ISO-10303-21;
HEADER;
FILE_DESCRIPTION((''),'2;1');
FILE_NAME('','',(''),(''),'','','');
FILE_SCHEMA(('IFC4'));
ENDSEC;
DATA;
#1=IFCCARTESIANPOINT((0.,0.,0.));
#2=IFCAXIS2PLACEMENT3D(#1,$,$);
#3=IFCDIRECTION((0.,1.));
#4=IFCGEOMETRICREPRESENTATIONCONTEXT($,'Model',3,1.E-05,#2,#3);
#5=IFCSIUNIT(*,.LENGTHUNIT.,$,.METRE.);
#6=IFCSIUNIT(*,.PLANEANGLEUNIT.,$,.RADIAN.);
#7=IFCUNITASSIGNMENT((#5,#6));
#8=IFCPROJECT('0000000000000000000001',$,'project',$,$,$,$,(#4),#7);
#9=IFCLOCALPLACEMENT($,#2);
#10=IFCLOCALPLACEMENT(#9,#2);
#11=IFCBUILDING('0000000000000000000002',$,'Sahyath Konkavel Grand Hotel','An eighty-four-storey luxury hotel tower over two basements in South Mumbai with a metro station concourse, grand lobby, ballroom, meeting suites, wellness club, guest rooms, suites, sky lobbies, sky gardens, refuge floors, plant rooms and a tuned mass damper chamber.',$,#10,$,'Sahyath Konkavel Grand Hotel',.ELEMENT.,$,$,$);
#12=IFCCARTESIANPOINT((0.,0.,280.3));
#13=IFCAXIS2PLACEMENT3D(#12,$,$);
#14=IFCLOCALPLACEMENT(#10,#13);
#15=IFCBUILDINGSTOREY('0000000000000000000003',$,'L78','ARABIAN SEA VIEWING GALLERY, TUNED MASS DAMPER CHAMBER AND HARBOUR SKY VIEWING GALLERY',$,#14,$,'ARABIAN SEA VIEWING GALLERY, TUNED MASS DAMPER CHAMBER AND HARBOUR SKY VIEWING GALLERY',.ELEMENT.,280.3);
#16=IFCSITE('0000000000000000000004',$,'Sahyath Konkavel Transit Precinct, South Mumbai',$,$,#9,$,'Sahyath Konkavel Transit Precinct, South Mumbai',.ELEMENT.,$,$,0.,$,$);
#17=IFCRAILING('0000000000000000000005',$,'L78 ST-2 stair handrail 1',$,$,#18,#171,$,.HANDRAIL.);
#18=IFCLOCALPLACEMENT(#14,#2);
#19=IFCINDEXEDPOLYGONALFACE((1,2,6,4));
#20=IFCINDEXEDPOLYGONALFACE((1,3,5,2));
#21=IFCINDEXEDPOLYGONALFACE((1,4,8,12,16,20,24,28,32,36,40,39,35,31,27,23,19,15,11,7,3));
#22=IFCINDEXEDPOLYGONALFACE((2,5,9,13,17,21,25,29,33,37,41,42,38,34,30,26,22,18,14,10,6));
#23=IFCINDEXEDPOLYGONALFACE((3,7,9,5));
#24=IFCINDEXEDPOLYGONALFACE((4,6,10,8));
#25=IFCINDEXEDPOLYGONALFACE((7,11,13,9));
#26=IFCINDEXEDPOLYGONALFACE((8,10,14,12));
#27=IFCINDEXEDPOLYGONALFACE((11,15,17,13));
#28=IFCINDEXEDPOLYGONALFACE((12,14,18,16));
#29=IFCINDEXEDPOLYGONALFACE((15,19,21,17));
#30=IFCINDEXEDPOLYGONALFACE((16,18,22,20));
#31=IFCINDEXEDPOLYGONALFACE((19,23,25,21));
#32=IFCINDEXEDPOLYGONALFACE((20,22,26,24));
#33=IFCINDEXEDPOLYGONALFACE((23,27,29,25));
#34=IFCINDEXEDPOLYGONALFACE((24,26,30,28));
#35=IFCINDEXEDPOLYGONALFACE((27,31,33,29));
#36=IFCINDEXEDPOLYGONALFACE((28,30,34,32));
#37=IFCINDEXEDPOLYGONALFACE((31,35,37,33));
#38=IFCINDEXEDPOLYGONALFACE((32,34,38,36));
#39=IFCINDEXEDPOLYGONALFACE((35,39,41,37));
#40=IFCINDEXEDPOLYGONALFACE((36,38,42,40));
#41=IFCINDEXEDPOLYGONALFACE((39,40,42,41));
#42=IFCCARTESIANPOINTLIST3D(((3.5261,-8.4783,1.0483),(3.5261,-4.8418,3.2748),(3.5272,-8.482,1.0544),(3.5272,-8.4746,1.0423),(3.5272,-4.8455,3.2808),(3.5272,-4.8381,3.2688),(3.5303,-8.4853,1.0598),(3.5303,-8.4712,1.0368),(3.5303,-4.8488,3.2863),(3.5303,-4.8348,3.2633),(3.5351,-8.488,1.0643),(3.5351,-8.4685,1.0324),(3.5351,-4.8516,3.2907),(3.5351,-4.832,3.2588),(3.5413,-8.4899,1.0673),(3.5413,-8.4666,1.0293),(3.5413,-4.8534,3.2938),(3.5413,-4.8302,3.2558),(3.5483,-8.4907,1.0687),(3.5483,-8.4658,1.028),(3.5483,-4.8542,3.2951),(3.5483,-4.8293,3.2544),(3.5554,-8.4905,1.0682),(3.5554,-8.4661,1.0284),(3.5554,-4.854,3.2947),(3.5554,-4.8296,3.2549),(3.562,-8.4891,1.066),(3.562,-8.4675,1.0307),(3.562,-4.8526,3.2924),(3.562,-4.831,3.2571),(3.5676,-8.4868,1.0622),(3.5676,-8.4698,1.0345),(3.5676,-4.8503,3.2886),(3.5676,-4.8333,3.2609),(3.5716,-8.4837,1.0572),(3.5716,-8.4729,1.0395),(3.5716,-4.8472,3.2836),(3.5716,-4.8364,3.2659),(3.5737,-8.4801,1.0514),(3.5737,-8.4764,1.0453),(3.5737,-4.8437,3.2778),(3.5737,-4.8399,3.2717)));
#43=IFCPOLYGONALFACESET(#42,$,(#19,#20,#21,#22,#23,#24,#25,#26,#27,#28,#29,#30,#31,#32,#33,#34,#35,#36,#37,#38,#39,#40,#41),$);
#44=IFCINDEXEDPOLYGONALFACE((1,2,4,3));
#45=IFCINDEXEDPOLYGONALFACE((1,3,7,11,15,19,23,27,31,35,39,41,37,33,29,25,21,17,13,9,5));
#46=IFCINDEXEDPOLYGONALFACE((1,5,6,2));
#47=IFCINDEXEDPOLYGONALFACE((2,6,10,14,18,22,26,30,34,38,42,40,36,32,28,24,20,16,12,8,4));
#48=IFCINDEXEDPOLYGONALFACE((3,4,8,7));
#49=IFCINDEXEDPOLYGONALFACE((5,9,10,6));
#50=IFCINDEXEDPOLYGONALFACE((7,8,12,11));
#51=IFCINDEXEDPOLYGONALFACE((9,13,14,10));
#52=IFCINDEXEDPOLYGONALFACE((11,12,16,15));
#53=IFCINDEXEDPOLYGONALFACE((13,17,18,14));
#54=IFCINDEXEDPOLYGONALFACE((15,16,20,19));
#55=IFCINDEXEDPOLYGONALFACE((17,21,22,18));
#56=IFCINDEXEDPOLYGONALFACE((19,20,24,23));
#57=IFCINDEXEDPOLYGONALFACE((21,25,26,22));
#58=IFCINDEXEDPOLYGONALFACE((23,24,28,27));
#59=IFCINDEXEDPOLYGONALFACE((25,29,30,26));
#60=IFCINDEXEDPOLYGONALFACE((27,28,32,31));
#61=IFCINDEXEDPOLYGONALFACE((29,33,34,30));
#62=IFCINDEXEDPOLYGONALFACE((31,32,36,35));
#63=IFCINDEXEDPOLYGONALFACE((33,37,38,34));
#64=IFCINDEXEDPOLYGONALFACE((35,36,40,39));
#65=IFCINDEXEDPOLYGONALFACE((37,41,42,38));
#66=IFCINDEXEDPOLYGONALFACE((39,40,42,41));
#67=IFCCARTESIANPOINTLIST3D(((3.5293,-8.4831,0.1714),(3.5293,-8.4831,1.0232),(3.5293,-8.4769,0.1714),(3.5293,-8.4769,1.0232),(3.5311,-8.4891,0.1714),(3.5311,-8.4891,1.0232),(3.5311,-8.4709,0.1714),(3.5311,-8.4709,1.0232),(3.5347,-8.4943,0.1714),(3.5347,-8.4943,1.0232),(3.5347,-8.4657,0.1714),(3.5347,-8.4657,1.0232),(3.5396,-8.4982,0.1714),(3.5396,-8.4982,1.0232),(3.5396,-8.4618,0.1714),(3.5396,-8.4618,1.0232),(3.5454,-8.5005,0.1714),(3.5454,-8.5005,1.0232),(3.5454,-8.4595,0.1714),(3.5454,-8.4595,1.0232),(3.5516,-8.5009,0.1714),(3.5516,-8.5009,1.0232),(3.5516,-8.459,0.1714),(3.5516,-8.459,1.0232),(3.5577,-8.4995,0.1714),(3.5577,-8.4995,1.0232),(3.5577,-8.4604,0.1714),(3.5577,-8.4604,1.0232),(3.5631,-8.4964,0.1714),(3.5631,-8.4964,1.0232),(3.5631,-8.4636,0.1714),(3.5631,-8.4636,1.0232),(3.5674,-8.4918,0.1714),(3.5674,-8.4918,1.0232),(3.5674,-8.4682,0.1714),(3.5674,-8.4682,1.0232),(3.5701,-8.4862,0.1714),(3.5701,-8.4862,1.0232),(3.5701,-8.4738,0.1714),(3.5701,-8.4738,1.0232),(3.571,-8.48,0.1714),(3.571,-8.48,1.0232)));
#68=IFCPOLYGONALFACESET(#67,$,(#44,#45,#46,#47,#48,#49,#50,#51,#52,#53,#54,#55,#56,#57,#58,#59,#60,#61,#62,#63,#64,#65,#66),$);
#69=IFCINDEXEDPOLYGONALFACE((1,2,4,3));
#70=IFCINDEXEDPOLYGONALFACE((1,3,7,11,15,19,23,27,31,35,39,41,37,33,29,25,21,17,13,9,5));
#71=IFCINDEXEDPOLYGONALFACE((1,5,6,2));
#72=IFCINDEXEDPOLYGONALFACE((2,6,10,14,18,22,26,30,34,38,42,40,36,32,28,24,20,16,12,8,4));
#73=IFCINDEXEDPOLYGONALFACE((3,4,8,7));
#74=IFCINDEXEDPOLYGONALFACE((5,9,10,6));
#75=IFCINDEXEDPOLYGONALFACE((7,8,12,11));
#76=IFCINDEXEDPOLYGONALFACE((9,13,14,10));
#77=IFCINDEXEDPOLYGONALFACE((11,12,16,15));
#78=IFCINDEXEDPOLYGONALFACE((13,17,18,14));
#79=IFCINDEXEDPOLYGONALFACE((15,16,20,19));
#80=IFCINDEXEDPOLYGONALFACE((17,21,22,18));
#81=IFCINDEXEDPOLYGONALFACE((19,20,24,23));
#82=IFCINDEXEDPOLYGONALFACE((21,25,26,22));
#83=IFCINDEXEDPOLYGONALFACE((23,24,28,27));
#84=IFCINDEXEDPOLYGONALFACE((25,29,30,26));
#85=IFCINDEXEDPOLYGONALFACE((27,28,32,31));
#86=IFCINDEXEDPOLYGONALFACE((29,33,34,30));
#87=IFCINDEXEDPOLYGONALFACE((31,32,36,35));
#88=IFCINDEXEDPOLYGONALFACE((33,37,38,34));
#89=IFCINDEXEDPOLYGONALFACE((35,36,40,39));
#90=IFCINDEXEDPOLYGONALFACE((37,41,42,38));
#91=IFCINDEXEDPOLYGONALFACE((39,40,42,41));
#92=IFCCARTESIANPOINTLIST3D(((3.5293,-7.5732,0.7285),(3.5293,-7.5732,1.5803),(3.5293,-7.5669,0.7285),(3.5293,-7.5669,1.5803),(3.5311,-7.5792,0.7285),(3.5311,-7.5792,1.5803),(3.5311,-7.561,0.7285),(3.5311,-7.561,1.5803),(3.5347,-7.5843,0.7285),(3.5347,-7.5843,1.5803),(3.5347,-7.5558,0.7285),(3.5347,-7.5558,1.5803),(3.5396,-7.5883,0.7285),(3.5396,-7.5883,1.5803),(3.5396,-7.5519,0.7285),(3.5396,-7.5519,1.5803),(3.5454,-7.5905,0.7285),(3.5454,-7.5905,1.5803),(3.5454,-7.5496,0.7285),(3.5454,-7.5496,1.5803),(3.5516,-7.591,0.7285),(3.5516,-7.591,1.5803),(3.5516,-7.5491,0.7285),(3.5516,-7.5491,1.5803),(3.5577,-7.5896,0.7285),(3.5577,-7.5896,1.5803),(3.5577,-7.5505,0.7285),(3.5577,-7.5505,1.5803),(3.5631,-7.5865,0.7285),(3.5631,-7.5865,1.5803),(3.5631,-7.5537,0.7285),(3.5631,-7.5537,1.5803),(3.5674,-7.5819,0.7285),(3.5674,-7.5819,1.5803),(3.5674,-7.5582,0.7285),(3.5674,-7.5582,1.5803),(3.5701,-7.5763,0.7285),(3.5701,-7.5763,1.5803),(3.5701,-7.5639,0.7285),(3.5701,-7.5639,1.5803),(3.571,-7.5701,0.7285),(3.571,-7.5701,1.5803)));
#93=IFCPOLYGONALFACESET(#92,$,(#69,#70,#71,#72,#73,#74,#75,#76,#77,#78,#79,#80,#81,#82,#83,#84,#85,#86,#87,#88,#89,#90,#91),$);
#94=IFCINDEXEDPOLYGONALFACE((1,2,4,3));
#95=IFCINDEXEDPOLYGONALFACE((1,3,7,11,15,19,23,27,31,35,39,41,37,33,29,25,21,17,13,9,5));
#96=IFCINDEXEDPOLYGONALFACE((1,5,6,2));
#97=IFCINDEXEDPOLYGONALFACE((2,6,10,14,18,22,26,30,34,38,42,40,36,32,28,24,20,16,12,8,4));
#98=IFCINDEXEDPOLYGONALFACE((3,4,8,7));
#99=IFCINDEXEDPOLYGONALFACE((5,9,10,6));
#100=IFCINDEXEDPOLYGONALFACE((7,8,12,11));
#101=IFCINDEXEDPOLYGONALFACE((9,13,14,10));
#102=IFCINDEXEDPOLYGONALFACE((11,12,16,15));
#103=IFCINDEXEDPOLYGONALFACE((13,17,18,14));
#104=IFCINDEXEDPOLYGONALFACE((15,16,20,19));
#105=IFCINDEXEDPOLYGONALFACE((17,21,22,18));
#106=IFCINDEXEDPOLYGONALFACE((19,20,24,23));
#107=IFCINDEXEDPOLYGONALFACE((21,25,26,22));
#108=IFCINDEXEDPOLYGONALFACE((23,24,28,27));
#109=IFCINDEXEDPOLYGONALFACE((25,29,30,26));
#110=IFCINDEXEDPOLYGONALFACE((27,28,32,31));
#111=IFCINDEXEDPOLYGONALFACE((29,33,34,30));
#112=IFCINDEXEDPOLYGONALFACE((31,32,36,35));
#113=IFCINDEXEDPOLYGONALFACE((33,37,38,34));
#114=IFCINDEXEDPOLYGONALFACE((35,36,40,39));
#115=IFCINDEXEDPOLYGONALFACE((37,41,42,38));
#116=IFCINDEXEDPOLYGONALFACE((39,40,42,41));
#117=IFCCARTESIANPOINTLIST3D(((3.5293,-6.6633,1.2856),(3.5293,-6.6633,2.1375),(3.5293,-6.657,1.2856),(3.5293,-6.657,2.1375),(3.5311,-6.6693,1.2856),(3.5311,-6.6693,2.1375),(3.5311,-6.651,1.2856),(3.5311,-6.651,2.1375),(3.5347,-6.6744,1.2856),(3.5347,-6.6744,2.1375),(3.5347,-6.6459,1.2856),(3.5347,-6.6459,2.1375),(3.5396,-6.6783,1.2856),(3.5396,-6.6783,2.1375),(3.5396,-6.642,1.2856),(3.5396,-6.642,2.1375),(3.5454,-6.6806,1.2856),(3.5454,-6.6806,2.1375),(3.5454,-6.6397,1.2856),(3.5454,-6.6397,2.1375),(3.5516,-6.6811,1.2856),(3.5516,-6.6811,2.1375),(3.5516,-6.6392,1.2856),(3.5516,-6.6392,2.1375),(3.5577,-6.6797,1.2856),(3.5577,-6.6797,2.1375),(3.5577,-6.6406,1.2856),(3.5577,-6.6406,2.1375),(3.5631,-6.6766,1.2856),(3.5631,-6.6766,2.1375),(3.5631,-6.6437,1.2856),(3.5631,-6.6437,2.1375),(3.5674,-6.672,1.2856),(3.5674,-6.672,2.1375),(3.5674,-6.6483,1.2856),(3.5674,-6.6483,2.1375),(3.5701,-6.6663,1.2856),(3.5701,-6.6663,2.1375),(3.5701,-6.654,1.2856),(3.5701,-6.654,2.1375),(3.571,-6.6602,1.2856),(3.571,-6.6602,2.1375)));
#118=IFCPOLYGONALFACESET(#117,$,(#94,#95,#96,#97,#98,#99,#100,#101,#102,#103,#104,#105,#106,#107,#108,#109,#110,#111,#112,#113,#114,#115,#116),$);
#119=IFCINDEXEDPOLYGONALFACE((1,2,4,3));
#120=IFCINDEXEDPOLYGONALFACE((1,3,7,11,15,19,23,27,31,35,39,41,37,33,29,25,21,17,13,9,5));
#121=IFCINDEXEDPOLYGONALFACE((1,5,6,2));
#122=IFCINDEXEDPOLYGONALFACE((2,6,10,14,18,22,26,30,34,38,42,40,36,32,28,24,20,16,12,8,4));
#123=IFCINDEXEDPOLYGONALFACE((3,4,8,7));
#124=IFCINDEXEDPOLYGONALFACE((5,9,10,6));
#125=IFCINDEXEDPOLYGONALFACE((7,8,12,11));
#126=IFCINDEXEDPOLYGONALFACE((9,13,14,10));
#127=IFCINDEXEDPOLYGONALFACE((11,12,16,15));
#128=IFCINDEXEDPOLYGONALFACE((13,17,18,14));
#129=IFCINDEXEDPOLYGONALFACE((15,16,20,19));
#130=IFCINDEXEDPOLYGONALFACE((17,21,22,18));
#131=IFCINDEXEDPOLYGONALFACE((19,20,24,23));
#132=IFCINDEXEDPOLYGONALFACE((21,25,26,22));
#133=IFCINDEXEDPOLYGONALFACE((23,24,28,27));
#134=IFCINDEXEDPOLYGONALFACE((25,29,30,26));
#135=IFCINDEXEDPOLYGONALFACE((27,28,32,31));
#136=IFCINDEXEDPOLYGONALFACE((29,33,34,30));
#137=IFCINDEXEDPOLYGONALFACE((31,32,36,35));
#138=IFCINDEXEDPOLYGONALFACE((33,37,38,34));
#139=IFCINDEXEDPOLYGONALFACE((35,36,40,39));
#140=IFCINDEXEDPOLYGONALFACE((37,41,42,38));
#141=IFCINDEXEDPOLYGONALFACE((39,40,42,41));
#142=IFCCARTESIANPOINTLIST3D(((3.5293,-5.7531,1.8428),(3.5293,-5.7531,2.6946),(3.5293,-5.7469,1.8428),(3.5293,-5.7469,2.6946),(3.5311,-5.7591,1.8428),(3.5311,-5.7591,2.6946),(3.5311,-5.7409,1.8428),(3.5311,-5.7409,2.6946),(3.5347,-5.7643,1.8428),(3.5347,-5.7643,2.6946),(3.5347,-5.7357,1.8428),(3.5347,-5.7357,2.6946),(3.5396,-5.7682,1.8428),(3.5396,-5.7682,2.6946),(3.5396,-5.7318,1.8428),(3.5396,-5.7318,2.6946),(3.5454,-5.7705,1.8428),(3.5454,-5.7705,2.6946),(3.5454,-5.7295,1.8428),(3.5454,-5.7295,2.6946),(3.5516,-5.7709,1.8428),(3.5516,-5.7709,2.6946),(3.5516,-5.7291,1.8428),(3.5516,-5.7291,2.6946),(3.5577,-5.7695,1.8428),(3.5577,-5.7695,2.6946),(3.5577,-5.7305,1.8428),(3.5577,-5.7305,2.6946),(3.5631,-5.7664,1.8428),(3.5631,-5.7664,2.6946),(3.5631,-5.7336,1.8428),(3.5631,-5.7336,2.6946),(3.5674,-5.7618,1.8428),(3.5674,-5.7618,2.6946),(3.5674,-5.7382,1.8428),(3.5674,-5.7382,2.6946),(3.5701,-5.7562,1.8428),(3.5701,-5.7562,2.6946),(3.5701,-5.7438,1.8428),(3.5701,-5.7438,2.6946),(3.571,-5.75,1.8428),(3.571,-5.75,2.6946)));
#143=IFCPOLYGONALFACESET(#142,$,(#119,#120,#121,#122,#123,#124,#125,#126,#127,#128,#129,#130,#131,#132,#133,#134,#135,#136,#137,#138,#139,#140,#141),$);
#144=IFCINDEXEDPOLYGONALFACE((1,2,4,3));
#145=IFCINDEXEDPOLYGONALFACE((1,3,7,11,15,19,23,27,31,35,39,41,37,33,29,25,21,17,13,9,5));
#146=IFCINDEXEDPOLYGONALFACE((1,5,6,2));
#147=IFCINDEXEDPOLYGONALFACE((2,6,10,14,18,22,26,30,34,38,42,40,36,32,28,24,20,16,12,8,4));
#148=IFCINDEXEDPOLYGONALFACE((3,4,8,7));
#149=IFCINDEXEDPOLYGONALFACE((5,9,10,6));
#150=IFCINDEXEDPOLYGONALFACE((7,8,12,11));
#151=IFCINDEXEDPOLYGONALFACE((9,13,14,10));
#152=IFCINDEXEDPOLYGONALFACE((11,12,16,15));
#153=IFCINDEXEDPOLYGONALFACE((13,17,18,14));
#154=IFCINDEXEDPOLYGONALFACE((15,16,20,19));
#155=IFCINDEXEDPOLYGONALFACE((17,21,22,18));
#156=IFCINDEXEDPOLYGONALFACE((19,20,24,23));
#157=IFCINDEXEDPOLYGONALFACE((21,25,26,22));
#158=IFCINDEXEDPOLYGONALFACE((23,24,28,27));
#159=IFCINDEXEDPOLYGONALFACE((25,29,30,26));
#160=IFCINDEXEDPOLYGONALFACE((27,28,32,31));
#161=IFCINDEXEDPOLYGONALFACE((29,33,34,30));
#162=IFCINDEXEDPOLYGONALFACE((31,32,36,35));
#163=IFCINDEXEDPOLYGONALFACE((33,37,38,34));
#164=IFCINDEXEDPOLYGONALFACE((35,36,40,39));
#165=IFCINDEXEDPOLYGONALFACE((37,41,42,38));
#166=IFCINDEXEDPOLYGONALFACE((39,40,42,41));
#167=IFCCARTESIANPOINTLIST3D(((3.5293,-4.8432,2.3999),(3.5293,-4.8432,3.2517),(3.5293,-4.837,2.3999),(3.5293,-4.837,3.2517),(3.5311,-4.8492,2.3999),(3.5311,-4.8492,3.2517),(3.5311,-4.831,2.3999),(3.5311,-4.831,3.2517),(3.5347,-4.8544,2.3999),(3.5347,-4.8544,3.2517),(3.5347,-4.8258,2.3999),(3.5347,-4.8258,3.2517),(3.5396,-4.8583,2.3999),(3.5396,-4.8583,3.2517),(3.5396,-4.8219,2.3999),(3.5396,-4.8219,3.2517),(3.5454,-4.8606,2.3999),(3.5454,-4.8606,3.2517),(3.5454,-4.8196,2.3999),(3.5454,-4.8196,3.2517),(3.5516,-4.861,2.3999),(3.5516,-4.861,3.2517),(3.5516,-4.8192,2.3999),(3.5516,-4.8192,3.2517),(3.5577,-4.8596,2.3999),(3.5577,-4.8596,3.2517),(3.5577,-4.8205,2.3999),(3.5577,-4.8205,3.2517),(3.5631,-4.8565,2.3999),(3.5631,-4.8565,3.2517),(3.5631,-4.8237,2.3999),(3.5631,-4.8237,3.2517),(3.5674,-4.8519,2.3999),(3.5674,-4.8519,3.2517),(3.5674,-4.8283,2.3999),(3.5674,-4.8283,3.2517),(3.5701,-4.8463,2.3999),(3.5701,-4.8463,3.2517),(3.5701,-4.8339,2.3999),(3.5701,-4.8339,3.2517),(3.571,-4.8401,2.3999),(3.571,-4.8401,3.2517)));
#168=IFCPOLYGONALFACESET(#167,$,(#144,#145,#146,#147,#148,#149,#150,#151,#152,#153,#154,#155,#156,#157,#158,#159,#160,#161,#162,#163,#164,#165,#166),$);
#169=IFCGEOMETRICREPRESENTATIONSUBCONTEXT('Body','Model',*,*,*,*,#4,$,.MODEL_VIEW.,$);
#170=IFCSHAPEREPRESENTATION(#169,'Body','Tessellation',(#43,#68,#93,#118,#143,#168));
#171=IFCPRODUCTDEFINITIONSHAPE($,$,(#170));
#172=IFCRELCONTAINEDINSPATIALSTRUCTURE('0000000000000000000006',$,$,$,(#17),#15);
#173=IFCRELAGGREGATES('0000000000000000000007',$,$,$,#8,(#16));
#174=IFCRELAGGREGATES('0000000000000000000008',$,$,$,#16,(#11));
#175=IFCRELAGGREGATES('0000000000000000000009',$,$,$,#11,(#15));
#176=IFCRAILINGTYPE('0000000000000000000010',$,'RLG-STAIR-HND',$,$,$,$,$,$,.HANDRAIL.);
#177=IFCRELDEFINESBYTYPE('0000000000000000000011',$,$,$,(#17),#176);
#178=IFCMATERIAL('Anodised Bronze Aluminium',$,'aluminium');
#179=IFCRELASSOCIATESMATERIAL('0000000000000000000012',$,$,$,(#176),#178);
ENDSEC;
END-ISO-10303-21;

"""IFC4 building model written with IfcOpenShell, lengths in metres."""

from ifc_helpers import new_model, si_unit, direction, frame, origin, origin_2d, place, context, subcontext, project, spatial, circle, extrude, material, type_object, element, save


model = new_model("IFC4")

# Units and contexts
model_context = context("Model", 3, precision=1e-05, world=origin(), true_north=direction((0.0, 1.0)))
body_context = subcontext(model_context, "Body", "Model", "MODEL_VIEW")
ifc_project = project(units=[si_unit("LENGTHUNIT", "METRE"), si_unit("PLANEANGLEUNIT", "RADIAN")], contexts=[model_context])

# Site, building, storey
site_placement = place(None, origin())
site = spatial("IfcSite", under=ifc_project, at=site_placement, Name="Sahyath Konkavel Transit Precinct, South Mumbai", LongName="Sahyath Konkavel Transit Precinct, South Mumbai", CompositionType="ELEMENT", RefElevation=0.0)
building_placement = place(site_placement, origin())
building = spatial("IfcBuilding", under=site, at=building_placement, Name="Sahyath Konkavel Grand Hotel", Description="An eighty-four-storey luxury hotel tower over two basements in South Mumbai with a metro station concourse, grand lobby, ballroom, meeting suites, wellness club, guest rooms, suites, sky lobbies, sky gardens, refuge floors, plant rooms and a tuned mass damper chamber.", LongName="Sahyath Konkavel Grand Hotel", CompositionType="ELEMENT")
storey_placement = place(building_placement, frame((0.0, 0.0, 280.3)))
storey = spatial("IfcBuildingStorey", under=building, at=storey_placement, Name="L78", Description="ARABIAN SEA VIEWING GALLERY, TUNED MASS DAMPER CHAMBER AND HARBOUR SKY VIEWING GALLERY", LongName="ARABIAN SEA VIEWING GALLERY, TUNED MASS DAMPER CHAMBER AND HARBOUR SKY VIEWING GALLERY", CompositionType="ELEMENT", Elevation=280.3)

# Shared definitions
ifc_material_1 = material(Name="Anodised Bronze Aluminium", Category="aluminium")

# Railing
railing_type_1 = type_object("IfcRailingType", Name="RLG-STAIR-HND", PredefinedType="HANDRAIL", material=ifc_material_1)
railing_1_placement = place(storey_placement, frame((3.55, -8.48, 0.1714)))
element("IfcRailing", 1, at=railing_1_placement, inside=storey, type_object=railing_type_1, Name="L78 ST-2 stair handrail 1", PredefinedType="HANDRAIL", context=body_context, shape_type="SweptSolid", body=[
    extrude(circle(Radius=0.0239, at=origin_2d()), frame((0.0, 0.0017, 0.877), z_axis=(0.0, 0.85285, 0.522156), x_axis=(-1.0, 0.0, 0.0)), (0.0, 0.0, 1.0), 4.2639),
    extrude(circle(Radius=0.021, at=origin_2d()), origin(), (0.0, 0.0, 1.0), 0.8518),
    extrude(circle(Radius=0.021, at=origin_2d()), frame((0.0, 0.9099, 0.5571)), (0.0, 0.0, 1.0), 0.8518),
    extrude(circle(Radius=0.021, at=origin_2d()), frame((0.0, 1.8198, 1.1143)), (0.0, 0.0, 1.0), 0.8518),
    extrude(circle(Radius=0.021, at=origin_2d()), frame((0.0, 2.73, 1.6714)), (0.0, 0.0, 1.0), 0.8518),
    extrude(circle(Radius=0.021, at=origin_2d()), frame((0.0, 3.6399, 2.2285)), (0.0, 0.0, 1.0), 0.8518),
])

save(model, "model.ifc")
